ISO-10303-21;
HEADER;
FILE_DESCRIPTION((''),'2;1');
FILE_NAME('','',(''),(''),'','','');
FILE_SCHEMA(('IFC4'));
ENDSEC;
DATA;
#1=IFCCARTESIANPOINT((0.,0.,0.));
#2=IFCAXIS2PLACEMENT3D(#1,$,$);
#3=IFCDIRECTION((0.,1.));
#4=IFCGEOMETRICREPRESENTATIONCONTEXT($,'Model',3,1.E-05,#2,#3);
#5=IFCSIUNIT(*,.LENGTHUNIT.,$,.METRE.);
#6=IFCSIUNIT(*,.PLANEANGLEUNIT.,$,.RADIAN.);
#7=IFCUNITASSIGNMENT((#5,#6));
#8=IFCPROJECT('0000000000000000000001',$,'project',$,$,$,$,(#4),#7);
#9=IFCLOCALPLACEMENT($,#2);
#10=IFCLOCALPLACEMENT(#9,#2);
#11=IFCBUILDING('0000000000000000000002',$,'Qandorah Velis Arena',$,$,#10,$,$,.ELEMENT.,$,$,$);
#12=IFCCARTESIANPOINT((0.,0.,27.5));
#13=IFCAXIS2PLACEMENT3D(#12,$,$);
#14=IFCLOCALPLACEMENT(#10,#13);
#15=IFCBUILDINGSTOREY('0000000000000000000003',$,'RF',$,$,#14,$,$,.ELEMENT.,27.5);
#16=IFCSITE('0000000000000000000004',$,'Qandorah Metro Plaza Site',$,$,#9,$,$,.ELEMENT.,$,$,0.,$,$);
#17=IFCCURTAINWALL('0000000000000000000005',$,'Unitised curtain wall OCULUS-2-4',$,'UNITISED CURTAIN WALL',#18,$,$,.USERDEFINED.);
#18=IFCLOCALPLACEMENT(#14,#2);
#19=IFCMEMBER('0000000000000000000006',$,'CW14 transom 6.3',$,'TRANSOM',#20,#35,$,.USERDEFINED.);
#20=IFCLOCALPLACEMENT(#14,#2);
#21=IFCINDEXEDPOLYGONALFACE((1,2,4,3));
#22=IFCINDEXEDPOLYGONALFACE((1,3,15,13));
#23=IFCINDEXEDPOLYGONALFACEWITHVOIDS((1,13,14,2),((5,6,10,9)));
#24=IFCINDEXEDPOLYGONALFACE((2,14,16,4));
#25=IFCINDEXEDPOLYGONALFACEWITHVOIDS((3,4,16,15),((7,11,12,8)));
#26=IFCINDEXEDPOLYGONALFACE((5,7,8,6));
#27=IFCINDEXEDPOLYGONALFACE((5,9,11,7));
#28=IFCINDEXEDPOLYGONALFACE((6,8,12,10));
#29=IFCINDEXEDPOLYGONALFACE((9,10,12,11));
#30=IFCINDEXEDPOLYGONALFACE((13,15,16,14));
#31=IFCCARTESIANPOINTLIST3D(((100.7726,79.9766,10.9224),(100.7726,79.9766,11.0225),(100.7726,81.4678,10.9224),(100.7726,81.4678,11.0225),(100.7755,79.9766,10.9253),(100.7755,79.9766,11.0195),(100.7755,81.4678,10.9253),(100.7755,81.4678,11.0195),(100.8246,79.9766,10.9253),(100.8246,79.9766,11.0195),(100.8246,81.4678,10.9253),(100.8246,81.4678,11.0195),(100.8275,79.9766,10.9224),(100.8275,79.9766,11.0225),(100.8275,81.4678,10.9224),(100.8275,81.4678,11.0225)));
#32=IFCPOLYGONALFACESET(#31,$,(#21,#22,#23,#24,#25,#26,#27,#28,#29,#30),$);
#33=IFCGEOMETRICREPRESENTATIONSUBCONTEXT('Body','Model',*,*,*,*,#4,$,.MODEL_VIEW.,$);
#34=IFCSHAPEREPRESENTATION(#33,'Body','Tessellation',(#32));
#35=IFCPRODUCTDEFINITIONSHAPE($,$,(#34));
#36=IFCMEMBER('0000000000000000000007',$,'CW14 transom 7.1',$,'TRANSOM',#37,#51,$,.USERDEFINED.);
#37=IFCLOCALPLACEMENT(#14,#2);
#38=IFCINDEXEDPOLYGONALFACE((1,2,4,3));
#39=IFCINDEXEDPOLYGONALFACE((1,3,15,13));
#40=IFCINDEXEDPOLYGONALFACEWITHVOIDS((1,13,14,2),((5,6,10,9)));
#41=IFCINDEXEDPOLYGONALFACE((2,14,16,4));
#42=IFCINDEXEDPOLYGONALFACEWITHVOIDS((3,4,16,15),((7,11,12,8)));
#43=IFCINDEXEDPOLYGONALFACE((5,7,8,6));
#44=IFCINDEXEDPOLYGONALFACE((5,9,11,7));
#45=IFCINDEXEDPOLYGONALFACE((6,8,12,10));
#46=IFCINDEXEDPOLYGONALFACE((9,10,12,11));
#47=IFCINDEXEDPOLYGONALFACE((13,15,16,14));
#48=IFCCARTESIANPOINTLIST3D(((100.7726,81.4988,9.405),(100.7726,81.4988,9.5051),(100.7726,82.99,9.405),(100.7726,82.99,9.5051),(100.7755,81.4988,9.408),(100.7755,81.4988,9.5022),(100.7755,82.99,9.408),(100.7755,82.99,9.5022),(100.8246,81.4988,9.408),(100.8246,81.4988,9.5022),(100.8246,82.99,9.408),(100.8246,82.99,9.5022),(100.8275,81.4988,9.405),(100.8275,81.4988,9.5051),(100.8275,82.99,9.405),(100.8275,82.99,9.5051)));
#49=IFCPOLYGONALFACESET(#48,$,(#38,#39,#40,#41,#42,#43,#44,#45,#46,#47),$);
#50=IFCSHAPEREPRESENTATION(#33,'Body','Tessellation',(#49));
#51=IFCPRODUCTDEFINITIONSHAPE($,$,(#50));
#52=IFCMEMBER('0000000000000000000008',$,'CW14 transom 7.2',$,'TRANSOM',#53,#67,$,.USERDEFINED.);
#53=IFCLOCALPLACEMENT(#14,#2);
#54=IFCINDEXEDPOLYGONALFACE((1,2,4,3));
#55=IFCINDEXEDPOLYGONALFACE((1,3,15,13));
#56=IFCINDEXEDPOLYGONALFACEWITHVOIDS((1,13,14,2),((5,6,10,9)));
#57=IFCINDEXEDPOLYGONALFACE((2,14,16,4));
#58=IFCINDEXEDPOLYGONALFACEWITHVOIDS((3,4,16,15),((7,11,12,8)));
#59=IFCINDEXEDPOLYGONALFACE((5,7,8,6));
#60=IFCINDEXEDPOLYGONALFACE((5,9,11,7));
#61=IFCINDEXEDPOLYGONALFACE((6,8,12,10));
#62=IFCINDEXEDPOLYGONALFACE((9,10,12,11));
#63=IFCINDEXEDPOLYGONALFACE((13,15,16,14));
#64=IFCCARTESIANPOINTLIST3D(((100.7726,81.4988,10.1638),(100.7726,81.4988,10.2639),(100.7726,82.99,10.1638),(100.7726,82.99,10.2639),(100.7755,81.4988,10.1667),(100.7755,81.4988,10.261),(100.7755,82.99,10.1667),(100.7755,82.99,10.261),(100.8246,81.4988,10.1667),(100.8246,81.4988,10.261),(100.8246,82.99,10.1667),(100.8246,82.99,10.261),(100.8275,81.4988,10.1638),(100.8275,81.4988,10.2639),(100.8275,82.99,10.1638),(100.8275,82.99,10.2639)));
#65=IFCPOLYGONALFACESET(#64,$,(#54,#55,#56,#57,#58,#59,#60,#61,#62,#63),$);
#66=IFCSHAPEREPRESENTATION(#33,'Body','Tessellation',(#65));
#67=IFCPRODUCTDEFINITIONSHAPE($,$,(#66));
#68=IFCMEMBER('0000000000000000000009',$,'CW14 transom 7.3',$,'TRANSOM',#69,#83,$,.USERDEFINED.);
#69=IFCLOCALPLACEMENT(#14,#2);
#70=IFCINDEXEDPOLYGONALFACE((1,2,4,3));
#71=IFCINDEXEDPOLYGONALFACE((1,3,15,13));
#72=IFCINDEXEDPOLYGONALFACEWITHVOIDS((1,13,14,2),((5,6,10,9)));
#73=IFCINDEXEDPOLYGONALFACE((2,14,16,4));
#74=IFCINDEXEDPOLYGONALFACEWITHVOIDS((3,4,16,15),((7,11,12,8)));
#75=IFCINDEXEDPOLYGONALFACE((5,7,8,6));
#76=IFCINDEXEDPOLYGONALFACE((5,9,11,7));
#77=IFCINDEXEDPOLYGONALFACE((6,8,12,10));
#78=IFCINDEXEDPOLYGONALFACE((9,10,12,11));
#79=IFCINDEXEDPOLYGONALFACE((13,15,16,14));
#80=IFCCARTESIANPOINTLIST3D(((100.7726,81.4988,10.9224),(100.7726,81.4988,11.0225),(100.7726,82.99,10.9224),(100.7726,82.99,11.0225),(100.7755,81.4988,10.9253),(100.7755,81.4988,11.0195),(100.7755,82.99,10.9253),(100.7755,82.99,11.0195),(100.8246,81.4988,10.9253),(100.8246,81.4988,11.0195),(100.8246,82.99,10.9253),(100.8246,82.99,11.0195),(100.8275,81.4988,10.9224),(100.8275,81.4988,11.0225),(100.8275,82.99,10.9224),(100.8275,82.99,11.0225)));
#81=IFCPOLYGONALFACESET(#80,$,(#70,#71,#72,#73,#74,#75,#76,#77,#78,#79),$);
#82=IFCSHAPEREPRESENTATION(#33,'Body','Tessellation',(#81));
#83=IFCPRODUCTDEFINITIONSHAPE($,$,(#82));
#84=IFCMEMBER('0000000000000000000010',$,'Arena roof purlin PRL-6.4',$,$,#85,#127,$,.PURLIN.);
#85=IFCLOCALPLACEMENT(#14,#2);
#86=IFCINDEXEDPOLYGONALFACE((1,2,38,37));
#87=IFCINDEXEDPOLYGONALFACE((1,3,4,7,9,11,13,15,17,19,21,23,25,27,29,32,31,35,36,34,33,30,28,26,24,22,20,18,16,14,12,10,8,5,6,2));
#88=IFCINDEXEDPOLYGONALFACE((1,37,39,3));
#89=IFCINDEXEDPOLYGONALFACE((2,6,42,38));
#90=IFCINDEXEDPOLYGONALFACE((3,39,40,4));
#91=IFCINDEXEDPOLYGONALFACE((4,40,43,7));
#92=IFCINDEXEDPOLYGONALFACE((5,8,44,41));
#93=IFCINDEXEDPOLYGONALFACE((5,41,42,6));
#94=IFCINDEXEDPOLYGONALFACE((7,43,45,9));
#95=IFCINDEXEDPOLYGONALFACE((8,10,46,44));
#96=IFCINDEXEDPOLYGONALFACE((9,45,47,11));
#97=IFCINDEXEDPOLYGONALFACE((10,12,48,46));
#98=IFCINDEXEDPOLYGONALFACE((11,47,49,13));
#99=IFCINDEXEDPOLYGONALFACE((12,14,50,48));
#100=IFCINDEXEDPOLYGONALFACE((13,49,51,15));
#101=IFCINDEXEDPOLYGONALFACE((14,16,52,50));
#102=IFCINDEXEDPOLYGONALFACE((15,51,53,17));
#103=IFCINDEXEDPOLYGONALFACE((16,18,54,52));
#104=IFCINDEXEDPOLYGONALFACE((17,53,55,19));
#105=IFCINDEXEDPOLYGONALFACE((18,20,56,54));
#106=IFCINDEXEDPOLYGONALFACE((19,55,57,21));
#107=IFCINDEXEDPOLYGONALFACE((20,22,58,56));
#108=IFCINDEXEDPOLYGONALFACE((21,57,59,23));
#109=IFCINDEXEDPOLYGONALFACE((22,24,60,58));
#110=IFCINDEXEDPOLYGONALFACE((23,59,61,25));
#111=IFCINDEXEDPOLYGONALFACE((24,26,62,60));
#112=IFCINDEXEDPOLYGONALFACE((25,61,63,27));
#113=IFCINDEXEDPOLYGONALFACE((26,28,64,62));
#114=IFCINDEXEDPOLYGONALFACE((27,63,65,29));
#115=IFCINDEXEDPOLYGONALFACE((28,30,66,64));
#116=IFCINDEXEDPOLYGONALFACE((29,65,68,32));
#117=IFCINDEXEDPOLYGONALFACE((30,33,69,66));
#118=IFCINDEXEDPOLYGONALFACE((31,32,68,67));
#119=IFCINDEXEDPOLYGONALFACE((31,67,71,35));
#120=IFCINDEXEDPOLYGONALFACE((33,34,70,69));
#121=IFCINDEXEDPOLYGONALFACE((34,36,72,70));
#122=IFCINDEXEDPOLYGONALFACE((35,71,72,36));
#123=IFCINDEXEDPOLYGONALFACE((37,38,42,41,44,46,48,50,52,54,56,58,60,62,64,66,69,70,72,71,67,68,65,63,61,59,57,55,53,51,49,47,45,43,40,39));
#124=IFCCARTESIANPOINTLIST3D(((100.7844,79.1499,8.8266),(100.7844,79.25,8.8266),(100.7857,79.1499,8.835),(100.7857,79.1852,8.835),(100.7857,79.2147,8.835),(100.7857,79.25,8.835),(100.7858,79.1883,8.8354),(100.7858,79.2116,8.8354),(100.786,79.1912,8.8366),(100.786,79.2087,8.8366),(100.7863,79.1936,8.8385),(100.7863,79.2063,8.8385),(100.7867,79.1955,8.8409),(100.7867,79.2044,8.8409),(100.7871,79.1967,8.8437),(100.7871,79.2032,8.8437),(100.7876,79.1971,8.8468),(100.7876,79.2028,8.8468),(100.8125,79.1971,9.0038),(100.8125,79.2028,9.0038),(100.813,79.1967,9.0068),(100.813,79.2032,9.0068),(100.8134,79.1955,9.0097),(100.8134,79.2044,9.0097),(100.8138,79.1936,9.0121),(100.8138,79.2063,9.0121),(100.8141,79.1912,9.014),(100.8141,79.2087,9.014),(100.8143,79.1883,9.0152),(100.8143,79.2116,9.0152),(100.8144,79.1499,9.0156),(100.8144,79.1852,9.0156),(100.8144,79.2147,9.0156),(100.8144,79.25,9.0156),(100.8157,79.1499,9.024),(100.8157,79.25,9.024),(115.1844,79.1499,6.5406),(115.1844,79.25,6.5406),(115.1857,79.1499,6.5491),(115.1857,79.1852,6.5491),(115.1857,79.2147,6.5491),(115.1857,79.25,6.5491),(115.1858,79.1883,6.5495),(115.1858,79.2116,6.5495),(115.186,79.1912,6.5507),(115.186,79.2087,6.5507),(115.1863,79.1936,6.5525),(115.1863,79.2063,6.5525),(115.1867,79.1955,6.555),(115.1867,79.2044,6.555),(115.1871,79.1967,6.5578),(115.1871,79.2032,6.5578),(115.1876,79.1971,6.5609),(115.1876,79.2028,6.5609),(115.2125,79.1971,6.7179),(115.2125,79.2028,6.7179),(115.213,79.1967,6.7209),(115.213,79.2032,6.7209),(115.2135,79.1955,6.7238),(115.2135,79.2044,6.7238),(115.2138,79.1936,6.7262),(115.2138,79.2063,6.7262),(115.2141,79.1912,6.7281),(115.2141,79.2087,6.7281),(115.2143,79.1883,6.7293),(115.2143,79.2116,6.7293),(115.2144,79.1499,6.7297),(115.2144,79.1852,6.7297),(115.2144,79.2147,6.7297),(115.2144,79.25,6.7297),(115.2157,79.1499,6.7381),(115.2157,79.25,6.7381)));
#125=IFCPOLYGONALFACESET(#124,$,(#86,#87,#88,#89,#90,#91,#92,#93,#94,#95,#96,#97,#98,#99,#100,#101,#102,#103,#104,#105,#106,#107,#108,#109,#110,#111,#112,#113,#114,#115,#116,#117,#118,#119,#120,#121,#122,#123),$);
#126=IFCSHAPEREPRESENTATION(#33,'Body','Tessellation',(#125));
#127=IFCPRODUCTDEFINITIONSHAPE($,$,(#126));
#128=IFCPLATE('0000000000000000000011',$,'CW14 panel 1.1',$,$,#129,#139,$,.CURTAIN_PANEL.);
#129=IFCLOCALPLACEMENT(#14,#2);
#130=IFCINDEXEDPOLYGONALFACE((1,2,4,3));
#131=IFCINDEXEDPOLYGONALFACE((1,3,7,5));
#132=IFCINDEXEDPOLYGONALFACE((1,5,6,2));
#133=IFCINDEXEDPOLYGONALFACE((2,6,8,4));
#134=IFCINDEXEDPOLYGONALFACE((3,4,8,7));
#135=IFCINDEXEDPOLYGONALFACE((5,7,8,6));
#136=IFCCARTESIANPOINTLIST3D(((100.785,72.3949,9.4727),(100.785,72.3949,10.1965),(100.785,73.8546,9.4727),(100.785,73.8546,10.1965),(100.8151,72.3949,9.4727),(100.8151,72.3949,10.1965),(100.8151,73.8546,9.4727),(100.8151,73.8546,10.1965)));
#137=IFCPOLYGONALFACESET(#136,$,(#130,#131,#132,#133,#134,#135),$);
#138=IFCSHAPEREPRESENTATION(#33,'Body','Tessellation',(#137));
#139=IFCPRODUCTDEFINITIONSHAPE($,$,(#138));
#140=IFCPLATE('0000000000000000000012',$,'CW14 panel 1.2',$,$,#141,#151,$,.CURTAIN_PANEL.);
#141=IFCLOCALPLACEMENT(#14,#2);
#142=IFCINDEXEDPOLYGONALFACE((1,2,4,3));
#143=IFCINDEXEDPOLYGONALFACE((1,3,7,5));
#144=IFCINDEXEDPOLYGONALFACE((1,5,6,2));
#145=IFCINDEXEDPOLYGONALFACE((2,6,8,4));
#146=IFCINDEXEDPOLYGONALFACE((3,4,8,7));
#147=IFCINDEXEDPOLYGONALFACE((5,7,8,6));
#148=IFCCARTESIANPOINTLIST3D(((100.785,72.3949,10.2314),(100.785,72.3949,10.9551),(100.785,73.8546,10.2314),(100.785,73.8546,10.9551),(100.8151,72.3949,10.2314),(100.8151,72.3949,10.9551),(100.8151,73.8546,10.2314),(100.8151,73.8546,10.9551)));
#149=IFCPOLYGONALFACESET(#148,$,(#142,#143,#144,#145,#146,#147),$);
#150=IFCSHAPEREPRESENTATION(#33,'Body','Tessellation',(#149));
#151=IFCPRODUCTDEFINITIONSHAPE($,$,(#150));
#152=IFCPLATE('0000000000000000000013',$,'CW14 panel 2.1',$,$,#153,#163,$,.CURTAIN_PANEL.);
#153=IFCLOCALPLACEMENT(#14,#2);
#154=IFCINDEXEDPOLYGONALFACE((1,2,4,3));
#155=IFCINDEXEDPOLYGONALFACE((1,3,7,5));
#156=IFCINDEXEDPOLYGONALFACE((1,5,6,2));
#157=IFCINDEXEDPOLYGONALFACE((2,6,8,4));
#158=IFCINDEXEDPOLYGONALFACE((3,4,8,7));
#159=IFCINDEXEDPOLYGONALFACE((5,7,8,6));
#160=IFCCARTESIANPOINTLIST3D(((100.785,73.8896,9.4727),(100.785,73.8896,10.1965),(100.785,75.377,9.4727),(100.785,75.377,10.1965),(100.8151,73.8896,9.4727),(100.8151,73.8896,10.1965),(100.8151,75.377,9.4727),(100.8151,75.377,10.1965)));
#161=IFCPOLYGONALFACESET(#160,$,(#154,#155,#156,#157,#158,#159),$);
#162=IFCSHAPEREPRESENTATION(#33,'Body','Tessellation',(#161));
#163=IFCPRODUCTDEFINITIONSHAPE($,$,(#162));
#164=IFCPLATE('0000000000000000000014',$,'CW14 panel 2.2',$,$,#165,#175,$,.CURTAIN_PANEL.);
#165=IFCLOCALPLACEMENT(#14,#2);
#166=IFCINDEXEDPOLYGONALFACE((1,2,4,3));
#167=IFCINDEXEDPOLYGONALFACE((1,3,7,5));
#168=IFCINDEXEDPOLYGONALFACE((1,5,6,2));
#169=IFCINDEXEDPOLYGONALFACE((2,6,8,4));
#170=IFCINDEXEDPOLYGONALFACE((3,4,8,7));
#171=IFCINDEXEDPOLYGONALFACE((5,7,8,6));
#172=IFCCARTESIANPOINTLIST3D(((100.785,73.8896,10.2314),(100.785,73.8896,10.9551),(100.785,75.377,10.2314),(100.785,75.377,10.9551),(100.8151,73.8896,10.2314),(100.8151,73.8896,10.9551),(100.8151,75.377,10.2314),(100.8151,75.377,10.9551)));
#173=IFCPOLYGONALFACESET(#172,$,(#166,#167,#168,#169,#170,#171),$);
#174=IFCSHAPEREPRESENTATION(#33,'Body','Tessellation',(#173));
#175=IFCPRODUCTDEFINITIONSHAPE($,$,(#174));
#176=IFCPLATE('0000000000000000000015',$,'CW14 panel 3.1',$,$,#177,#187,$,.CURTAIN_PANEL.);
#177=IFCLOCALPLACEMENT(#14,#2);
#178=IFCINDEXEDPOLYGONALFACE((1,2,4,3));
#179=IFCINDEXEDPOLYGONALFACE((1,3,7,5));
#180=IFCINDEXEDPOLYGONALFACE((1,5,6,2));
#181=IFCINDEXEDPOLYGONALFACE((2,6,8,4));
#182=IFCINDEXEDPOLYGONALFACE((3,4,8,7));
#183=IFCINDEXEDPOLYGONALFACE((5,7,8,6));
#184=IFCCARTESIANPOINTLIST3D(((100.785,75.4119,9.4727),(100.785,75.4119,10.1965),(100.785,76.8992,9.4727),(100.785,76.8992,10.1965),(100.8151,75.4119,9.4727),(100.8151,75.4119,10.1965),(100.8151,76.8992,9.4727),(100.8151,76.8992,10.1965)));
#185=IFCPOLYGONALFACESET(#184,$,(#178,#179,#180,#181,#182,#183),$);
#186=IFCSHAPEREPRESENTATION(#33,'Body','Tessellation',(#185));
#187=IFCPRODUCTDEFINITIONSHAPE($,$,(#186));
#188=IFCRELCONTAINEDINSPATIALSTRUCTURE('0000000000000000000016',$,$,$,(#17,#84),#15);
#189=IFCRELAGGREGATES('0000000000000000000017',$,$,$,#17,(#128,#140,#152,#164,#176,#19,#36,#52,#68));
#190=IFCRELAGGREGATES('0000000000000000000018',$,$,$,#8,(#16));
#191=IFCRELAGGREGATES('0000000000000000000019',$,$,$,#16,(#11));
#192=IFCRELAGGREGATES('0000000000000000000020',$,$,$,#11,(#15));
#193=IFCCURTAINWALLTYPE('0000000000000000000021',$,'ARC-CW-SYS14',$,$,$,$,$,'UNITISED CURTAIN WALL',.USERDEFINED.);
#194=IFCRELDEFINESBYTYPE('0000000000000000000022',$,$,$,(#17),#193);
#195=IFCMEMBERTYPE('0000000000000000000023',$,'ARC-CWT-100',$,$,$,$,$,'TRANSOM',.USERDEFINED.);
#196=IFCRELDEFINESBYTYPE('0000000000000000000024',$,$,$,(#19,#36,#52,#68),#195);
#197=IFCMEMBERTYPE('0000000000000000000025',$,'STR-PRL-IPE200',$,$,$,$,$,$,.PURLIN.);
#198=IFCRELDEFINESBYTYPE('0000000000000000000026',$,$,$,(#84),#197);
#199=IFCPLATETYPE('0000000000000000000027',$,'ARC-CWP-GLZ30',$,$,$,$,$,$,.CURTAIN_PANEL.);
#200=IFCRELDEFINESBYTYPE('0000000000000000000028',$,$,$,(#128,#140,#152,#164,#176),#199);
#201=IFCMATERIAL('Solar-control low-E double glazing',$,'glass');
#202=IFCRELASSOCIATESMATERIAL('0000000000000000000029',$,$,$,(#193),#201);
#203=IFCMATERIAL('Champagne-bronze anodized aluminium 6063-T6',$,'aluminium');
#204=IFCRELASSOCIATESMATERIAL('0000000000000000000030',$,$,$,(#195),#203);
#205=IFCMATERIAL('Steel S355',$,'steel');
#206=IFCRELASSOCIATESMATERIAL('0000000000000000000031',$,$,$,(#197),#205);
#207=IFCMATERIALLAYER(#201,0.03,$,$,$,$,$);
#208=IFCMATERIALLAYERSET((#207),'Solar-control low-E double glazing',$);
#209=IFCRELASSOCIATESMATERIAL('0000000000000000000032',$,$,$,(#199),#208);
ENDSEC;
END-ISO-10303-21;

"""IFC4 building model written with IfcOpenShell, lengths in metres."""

from ifc_helpers import new_model, si_unit, direction, frame, origin, origin_2d, place, context, subcontext, project, spatial, rectangle, hollow_rectangle, i_section, extrude, material, layer, layer_set, material_profile, profile_set, type_object, element, aggregate, save


model = new_model("IFC4")

# Units and contexts
model_context = context("Model", 3, precision=1e-05, world=origin(), true_north=direction((0.0, 1.0)))
body_context = subcontext(model_context, "Body", "Model", "MODEL_VIEW")
ifc_project = project(units=[si_unit("LENGTHUNIT", "METRE"), si_unit("PLANEANGLEUNIT", "RADIAN")], contexts=[model_context])

# Site, building, storey
site_placement = place(None, origin())
site = spatial("IfcSite", under=ifc_project, at=site_placement, Name="Qandorah Metro Plaza Site", CompositionType="ELEMENT", RefElevation=0.0)
building_placement = place(site_placement, origin())
building = spatial("IfcBuilding", under=site, at=building_placement, Name="Qandorah Velis Arena", CompositionType="ELEMENT")
storey_placement = place(building_placement, frame((0.0, 0.0, 27.5)))
storey = spatial("IfcBuildingStorey", under=building, at=storey_placement, Name="RF", CompositionType="ELEMENT", Elevation=27.5)

# Curtain wall, members
ifc_material_1 = material(Name="Solar-control low-E double glazing", Category="glass")
curtain_wall_type = type_object("IfcCurtainWallType", Name="ARC-CW-SYS14", ElementType="UNITISED CURTAIN WALL", PredefinedType="USERDEFINED", material=ifc_material_1)
curtain_wall_placement = place(storey_placement, origin())
curtain_wall = element("IfcCurtainWall", 1, at=curtain_wall_placement, inside=storey, type_object=curtain_wall_type, Name="Unitised curtain wall OCULUS-2-4", ObjectType="UNITISED CURTAIN WALL", PredefinedType="USERDEFINED")
ifc_material_2 = material(Name="Champagne-bronze anodized aluminium 6063-T6", Category="aluminium")
ifc_material_profile_1 = material_profile(ifc_material_2, hollow_rectangle(XDim=0.0549, YDim=0.1001, WallThickness=0.0029, at=origin_2d()), Name="ALU TRANSOM 55x100")
ifc_profile_set_1 = profile_set([ifc_material_profile_1], Name="Champagne-bronze anodized aluminium 6063-T6")
member_type_1 = type_object("IfcMemberType", Name="ARC-CWT-100", ElementType="TRANSOM", PredefinedType="USERDEFINED", material=ifc_profile_set_1)
member_1_placement = place(storey_placement, frame((100.8, 79.9766, 10.9724), z_axis=(0.0, 1.0, 0.0), x_axis=(-1.0, 0.0, 0.0)))
member_1 = element("IfcMember", 2, at=member_1_placement, type_object=member_type_1, Name="CW14 transom 6.3", ObjectType="TRANSOM", PredefinedType="USERDEFINED", context=body_context, shape_type="SweptSolid", body=[
    extrude(hollow_rectangle(XDim=0.0549, YDim=0.1001, WallThickness=0.0029, at=origin_2d()), origin(), (0.0, 0.0, 1.0), 1.4912),
])
member_2_placement = place(storey_placement, frame((100.8, 81.4988, 9.4551), z_axis=(0.0, 1.0, 0.0), x_axis=(-1.0, 0.0, 0.0)))
member_2 = element("IfcMember", 3, at=member_2_placement, type_object=member_type_1, Name="CW14 transom 7.1", ObjectType="TRANSOM", PredefinedType="USERDEFINED", context=body_context, shape_type="SweptSolid", body=[
    extrude(hollow_rectangle(XDim=0.0549, YDim=0.1001, WallThickness=0.0029, at=origin_2d()), origin(), (0.0, 0.0, 1.0), 1.4912),
])
member_3_placement = place(storey_placement, frame((100.8, 81.4988, 10.2139), z_axis=(0.0, 1.0, 0.0), x_axis=(-1.0, 0.0, 0.0)))
member_3 = element("IfcMember", 4, at=member_3_placement, type_object=member_type_1, Name="CW14 transom 7.2", ObjectType="TRANSOM", PredefinedType="USERDEFINED", context=body_context, shape_type="SweptSolid", body=[
    extrude(hollow_rectangle(XDim=0.0549, YDim=0.1001, WallThickness=0.0029, at=origin_2d()), origin(), (0.0, 0.0, 1.0), 1.4912),
])
member_4_placement = place(storey_placement, frame((100.8, 81.4988, 10.9724), z_axis=(0.0, 1.0, 0.0), x_axis=(-1.0, 0.0, 0.0)))
member_4 = element("IfcMember", 5, at=member_4_placement, type_object=member_type_1, Name="CW14 transom 7.3", ObjectType="TRANSOM", PredefinedType="USERDEFINED", context=body_context, shape_type="SweptSolid", body=[
    extrude(hollow_rectangle(XDim=0.0549, YDim=0.1001, WallThickness=0.0029, at=origin_2d()), origin(), (0.0, 0.0, 1.0), 1.4912),
])

# Member
ifc_material_3 = material(Name="Steel S355", Category="steel")
ifc_material_profile_2 = material_profile(ifc_material_3, i_section(OverallWidth=0.1001, OverallDepth=0.2, WebThickness=0.0056, FlangeThickness=0.0085, FilletRadius=0.012, at=origin_2d()), Name="IPE 200")
ifc_profile_set_2 = profile_set([ifc_material_profile_2], Name="Steel S355")
member_type_2 = type_object("IfcMemberType", Name="STR-PRL-IPE200", PredefinedType="PURLIN", material=ifc_profile_set_2)
member_5_placement = place(storey_placement, frame((100.8, 79.2, 8.9253), z_axis=(0.987634, 0.0, -0.15678), x_axis=(0.0, 1.0, 0.0)))
element("IfcMember", 6, at=member_5_placement, inside=storey, type_object=member_type_2, Name="Arena roof purlin PRL-6.4", PredefinedType="PURLIN", context=body_context, shape_type="SweptSolid", body=[
    extrude(i_section(OverallWidth=0.1001, OverallDepth=0.2, WebThickness=0.0056, FlangeThickness=0.0085, FilletRadius=0.012, at=origin_2d()), origin(), (0.0, 0.0, 1.0), 14.5803),
])

# Plates
ifc_layer = layer(ifc_material_1, 0.03)
ifc_layer_set = layer_set([ifc_layer], Name="Solar-control low-E double glazing")
plate_type = type_object("IfcPlateType", Name="ARC-CWP-GLZ30", PredefinedType="CURTAIN_PANEL", material=ifc_layer_set)
plate_1_placement = place(storey_placement, frame((100.8, 73.1248, 9.4727), z_axis=(0.0, 0.0, 1.0), x_axis=(0.0, 1.0, 0.0)))
plate_1 = element("IfcPlate", 7, at=plate_1_placement, type_object=plate_type, Name="CW14 panel 1.1", PredefinedType="CURTAIN_PANEL", context=body_context, shape_type="SweptSolid", body=[
    extrude(rectangle(XDim=1.4597, YDim=0.03, at=origin_2d()), origin(), (0.0, 0.0, 1.0), 0.7239),
])
plate_2_placement = place(storey_placement, frame((100.8, 73.1248, 10.2314), z_axis=(0.0, 0.0, 1.0), x_axis=(0.0, 1.0, 0.0)))
plate_2 = element("IfcPlate", 8, at=plate_2_placement, type_object=plate_type, Name="CW14 panel 1.2", PredefinedType="CURTAIN_PANEL", context=body_context, shape_type="SweptSolid", body=[
    extrude(rectangle(XDim=1.4597, YDim=0.03, at=origin_2d()), origin(), (0.0, 0.0, 1.0), 0.7236),
])
plate_3_placement = place(storey_placement, frame((100.8, 74.6333, 9.4727), z_axis=(0.0, 0.0, 1.0), x_axis=(0.0, 1.0, 0.0)))
plate_3 = element("IfcPlate", 9, at=plate_3_placement, type_object=plate_type, Name="CW14 panel 2.1", PredefinedType="CURTAIN_PANEL", context=body_context, shape_type="SweptSolid", body=[
    extrude(rectangle(XDim=1.4873, YDim=0.03, at=origin_2d()), origin(), (0.0, 0.0, 1.0), 0.7239),
])
plate_4_placement = place(storey_placement, frame((100.8, 74.6333, 10.2314), z_axis=(0.0, 0.0, 1.0), x_axis=(0.0, 1.0, 0.0)))
plate_4 = element("IfcPlate", 10, at=plate_4_placement, type_object=plate_type, Name="CW14 panel 2.2", PredefinedType="CURTAIN_PANEL", context=body_context, shape_type="SweptSolid", body=[
    extrude(rectangle(XDim=1.4873, YDim=0.03, at=origin_2d()), origin(), (0.0, 0.0, 1.0), 0.7236),
])
plate_5_placement = place(storey_placement, frame((100.8, 76.1555, 9.4727), z_axis=(0.0, 0.0, 1.0), x_axis=(0.0, 1.0, 0.0)))
plate_5 = element("IfcPlate", 11, at=plate_5_placement, type_object=plate_type, Name="CW14 panel 3.1", PredefinedType="CURTAIN_PANEL", context=body_context, shape_type="SweptSolid", body=[
    extrude(rectangle(XDim=1.4873, YDim=0.03, at=origin_2d()), origin(), (0.0, 0.0, 1.0), 0.7239),
])
aggregate(curtain_wall, [plate_1, plate_2, plate_3, plate_4, plate_5, member_1, member_2, member_3, member_4])

save(model, "model.ifc")
